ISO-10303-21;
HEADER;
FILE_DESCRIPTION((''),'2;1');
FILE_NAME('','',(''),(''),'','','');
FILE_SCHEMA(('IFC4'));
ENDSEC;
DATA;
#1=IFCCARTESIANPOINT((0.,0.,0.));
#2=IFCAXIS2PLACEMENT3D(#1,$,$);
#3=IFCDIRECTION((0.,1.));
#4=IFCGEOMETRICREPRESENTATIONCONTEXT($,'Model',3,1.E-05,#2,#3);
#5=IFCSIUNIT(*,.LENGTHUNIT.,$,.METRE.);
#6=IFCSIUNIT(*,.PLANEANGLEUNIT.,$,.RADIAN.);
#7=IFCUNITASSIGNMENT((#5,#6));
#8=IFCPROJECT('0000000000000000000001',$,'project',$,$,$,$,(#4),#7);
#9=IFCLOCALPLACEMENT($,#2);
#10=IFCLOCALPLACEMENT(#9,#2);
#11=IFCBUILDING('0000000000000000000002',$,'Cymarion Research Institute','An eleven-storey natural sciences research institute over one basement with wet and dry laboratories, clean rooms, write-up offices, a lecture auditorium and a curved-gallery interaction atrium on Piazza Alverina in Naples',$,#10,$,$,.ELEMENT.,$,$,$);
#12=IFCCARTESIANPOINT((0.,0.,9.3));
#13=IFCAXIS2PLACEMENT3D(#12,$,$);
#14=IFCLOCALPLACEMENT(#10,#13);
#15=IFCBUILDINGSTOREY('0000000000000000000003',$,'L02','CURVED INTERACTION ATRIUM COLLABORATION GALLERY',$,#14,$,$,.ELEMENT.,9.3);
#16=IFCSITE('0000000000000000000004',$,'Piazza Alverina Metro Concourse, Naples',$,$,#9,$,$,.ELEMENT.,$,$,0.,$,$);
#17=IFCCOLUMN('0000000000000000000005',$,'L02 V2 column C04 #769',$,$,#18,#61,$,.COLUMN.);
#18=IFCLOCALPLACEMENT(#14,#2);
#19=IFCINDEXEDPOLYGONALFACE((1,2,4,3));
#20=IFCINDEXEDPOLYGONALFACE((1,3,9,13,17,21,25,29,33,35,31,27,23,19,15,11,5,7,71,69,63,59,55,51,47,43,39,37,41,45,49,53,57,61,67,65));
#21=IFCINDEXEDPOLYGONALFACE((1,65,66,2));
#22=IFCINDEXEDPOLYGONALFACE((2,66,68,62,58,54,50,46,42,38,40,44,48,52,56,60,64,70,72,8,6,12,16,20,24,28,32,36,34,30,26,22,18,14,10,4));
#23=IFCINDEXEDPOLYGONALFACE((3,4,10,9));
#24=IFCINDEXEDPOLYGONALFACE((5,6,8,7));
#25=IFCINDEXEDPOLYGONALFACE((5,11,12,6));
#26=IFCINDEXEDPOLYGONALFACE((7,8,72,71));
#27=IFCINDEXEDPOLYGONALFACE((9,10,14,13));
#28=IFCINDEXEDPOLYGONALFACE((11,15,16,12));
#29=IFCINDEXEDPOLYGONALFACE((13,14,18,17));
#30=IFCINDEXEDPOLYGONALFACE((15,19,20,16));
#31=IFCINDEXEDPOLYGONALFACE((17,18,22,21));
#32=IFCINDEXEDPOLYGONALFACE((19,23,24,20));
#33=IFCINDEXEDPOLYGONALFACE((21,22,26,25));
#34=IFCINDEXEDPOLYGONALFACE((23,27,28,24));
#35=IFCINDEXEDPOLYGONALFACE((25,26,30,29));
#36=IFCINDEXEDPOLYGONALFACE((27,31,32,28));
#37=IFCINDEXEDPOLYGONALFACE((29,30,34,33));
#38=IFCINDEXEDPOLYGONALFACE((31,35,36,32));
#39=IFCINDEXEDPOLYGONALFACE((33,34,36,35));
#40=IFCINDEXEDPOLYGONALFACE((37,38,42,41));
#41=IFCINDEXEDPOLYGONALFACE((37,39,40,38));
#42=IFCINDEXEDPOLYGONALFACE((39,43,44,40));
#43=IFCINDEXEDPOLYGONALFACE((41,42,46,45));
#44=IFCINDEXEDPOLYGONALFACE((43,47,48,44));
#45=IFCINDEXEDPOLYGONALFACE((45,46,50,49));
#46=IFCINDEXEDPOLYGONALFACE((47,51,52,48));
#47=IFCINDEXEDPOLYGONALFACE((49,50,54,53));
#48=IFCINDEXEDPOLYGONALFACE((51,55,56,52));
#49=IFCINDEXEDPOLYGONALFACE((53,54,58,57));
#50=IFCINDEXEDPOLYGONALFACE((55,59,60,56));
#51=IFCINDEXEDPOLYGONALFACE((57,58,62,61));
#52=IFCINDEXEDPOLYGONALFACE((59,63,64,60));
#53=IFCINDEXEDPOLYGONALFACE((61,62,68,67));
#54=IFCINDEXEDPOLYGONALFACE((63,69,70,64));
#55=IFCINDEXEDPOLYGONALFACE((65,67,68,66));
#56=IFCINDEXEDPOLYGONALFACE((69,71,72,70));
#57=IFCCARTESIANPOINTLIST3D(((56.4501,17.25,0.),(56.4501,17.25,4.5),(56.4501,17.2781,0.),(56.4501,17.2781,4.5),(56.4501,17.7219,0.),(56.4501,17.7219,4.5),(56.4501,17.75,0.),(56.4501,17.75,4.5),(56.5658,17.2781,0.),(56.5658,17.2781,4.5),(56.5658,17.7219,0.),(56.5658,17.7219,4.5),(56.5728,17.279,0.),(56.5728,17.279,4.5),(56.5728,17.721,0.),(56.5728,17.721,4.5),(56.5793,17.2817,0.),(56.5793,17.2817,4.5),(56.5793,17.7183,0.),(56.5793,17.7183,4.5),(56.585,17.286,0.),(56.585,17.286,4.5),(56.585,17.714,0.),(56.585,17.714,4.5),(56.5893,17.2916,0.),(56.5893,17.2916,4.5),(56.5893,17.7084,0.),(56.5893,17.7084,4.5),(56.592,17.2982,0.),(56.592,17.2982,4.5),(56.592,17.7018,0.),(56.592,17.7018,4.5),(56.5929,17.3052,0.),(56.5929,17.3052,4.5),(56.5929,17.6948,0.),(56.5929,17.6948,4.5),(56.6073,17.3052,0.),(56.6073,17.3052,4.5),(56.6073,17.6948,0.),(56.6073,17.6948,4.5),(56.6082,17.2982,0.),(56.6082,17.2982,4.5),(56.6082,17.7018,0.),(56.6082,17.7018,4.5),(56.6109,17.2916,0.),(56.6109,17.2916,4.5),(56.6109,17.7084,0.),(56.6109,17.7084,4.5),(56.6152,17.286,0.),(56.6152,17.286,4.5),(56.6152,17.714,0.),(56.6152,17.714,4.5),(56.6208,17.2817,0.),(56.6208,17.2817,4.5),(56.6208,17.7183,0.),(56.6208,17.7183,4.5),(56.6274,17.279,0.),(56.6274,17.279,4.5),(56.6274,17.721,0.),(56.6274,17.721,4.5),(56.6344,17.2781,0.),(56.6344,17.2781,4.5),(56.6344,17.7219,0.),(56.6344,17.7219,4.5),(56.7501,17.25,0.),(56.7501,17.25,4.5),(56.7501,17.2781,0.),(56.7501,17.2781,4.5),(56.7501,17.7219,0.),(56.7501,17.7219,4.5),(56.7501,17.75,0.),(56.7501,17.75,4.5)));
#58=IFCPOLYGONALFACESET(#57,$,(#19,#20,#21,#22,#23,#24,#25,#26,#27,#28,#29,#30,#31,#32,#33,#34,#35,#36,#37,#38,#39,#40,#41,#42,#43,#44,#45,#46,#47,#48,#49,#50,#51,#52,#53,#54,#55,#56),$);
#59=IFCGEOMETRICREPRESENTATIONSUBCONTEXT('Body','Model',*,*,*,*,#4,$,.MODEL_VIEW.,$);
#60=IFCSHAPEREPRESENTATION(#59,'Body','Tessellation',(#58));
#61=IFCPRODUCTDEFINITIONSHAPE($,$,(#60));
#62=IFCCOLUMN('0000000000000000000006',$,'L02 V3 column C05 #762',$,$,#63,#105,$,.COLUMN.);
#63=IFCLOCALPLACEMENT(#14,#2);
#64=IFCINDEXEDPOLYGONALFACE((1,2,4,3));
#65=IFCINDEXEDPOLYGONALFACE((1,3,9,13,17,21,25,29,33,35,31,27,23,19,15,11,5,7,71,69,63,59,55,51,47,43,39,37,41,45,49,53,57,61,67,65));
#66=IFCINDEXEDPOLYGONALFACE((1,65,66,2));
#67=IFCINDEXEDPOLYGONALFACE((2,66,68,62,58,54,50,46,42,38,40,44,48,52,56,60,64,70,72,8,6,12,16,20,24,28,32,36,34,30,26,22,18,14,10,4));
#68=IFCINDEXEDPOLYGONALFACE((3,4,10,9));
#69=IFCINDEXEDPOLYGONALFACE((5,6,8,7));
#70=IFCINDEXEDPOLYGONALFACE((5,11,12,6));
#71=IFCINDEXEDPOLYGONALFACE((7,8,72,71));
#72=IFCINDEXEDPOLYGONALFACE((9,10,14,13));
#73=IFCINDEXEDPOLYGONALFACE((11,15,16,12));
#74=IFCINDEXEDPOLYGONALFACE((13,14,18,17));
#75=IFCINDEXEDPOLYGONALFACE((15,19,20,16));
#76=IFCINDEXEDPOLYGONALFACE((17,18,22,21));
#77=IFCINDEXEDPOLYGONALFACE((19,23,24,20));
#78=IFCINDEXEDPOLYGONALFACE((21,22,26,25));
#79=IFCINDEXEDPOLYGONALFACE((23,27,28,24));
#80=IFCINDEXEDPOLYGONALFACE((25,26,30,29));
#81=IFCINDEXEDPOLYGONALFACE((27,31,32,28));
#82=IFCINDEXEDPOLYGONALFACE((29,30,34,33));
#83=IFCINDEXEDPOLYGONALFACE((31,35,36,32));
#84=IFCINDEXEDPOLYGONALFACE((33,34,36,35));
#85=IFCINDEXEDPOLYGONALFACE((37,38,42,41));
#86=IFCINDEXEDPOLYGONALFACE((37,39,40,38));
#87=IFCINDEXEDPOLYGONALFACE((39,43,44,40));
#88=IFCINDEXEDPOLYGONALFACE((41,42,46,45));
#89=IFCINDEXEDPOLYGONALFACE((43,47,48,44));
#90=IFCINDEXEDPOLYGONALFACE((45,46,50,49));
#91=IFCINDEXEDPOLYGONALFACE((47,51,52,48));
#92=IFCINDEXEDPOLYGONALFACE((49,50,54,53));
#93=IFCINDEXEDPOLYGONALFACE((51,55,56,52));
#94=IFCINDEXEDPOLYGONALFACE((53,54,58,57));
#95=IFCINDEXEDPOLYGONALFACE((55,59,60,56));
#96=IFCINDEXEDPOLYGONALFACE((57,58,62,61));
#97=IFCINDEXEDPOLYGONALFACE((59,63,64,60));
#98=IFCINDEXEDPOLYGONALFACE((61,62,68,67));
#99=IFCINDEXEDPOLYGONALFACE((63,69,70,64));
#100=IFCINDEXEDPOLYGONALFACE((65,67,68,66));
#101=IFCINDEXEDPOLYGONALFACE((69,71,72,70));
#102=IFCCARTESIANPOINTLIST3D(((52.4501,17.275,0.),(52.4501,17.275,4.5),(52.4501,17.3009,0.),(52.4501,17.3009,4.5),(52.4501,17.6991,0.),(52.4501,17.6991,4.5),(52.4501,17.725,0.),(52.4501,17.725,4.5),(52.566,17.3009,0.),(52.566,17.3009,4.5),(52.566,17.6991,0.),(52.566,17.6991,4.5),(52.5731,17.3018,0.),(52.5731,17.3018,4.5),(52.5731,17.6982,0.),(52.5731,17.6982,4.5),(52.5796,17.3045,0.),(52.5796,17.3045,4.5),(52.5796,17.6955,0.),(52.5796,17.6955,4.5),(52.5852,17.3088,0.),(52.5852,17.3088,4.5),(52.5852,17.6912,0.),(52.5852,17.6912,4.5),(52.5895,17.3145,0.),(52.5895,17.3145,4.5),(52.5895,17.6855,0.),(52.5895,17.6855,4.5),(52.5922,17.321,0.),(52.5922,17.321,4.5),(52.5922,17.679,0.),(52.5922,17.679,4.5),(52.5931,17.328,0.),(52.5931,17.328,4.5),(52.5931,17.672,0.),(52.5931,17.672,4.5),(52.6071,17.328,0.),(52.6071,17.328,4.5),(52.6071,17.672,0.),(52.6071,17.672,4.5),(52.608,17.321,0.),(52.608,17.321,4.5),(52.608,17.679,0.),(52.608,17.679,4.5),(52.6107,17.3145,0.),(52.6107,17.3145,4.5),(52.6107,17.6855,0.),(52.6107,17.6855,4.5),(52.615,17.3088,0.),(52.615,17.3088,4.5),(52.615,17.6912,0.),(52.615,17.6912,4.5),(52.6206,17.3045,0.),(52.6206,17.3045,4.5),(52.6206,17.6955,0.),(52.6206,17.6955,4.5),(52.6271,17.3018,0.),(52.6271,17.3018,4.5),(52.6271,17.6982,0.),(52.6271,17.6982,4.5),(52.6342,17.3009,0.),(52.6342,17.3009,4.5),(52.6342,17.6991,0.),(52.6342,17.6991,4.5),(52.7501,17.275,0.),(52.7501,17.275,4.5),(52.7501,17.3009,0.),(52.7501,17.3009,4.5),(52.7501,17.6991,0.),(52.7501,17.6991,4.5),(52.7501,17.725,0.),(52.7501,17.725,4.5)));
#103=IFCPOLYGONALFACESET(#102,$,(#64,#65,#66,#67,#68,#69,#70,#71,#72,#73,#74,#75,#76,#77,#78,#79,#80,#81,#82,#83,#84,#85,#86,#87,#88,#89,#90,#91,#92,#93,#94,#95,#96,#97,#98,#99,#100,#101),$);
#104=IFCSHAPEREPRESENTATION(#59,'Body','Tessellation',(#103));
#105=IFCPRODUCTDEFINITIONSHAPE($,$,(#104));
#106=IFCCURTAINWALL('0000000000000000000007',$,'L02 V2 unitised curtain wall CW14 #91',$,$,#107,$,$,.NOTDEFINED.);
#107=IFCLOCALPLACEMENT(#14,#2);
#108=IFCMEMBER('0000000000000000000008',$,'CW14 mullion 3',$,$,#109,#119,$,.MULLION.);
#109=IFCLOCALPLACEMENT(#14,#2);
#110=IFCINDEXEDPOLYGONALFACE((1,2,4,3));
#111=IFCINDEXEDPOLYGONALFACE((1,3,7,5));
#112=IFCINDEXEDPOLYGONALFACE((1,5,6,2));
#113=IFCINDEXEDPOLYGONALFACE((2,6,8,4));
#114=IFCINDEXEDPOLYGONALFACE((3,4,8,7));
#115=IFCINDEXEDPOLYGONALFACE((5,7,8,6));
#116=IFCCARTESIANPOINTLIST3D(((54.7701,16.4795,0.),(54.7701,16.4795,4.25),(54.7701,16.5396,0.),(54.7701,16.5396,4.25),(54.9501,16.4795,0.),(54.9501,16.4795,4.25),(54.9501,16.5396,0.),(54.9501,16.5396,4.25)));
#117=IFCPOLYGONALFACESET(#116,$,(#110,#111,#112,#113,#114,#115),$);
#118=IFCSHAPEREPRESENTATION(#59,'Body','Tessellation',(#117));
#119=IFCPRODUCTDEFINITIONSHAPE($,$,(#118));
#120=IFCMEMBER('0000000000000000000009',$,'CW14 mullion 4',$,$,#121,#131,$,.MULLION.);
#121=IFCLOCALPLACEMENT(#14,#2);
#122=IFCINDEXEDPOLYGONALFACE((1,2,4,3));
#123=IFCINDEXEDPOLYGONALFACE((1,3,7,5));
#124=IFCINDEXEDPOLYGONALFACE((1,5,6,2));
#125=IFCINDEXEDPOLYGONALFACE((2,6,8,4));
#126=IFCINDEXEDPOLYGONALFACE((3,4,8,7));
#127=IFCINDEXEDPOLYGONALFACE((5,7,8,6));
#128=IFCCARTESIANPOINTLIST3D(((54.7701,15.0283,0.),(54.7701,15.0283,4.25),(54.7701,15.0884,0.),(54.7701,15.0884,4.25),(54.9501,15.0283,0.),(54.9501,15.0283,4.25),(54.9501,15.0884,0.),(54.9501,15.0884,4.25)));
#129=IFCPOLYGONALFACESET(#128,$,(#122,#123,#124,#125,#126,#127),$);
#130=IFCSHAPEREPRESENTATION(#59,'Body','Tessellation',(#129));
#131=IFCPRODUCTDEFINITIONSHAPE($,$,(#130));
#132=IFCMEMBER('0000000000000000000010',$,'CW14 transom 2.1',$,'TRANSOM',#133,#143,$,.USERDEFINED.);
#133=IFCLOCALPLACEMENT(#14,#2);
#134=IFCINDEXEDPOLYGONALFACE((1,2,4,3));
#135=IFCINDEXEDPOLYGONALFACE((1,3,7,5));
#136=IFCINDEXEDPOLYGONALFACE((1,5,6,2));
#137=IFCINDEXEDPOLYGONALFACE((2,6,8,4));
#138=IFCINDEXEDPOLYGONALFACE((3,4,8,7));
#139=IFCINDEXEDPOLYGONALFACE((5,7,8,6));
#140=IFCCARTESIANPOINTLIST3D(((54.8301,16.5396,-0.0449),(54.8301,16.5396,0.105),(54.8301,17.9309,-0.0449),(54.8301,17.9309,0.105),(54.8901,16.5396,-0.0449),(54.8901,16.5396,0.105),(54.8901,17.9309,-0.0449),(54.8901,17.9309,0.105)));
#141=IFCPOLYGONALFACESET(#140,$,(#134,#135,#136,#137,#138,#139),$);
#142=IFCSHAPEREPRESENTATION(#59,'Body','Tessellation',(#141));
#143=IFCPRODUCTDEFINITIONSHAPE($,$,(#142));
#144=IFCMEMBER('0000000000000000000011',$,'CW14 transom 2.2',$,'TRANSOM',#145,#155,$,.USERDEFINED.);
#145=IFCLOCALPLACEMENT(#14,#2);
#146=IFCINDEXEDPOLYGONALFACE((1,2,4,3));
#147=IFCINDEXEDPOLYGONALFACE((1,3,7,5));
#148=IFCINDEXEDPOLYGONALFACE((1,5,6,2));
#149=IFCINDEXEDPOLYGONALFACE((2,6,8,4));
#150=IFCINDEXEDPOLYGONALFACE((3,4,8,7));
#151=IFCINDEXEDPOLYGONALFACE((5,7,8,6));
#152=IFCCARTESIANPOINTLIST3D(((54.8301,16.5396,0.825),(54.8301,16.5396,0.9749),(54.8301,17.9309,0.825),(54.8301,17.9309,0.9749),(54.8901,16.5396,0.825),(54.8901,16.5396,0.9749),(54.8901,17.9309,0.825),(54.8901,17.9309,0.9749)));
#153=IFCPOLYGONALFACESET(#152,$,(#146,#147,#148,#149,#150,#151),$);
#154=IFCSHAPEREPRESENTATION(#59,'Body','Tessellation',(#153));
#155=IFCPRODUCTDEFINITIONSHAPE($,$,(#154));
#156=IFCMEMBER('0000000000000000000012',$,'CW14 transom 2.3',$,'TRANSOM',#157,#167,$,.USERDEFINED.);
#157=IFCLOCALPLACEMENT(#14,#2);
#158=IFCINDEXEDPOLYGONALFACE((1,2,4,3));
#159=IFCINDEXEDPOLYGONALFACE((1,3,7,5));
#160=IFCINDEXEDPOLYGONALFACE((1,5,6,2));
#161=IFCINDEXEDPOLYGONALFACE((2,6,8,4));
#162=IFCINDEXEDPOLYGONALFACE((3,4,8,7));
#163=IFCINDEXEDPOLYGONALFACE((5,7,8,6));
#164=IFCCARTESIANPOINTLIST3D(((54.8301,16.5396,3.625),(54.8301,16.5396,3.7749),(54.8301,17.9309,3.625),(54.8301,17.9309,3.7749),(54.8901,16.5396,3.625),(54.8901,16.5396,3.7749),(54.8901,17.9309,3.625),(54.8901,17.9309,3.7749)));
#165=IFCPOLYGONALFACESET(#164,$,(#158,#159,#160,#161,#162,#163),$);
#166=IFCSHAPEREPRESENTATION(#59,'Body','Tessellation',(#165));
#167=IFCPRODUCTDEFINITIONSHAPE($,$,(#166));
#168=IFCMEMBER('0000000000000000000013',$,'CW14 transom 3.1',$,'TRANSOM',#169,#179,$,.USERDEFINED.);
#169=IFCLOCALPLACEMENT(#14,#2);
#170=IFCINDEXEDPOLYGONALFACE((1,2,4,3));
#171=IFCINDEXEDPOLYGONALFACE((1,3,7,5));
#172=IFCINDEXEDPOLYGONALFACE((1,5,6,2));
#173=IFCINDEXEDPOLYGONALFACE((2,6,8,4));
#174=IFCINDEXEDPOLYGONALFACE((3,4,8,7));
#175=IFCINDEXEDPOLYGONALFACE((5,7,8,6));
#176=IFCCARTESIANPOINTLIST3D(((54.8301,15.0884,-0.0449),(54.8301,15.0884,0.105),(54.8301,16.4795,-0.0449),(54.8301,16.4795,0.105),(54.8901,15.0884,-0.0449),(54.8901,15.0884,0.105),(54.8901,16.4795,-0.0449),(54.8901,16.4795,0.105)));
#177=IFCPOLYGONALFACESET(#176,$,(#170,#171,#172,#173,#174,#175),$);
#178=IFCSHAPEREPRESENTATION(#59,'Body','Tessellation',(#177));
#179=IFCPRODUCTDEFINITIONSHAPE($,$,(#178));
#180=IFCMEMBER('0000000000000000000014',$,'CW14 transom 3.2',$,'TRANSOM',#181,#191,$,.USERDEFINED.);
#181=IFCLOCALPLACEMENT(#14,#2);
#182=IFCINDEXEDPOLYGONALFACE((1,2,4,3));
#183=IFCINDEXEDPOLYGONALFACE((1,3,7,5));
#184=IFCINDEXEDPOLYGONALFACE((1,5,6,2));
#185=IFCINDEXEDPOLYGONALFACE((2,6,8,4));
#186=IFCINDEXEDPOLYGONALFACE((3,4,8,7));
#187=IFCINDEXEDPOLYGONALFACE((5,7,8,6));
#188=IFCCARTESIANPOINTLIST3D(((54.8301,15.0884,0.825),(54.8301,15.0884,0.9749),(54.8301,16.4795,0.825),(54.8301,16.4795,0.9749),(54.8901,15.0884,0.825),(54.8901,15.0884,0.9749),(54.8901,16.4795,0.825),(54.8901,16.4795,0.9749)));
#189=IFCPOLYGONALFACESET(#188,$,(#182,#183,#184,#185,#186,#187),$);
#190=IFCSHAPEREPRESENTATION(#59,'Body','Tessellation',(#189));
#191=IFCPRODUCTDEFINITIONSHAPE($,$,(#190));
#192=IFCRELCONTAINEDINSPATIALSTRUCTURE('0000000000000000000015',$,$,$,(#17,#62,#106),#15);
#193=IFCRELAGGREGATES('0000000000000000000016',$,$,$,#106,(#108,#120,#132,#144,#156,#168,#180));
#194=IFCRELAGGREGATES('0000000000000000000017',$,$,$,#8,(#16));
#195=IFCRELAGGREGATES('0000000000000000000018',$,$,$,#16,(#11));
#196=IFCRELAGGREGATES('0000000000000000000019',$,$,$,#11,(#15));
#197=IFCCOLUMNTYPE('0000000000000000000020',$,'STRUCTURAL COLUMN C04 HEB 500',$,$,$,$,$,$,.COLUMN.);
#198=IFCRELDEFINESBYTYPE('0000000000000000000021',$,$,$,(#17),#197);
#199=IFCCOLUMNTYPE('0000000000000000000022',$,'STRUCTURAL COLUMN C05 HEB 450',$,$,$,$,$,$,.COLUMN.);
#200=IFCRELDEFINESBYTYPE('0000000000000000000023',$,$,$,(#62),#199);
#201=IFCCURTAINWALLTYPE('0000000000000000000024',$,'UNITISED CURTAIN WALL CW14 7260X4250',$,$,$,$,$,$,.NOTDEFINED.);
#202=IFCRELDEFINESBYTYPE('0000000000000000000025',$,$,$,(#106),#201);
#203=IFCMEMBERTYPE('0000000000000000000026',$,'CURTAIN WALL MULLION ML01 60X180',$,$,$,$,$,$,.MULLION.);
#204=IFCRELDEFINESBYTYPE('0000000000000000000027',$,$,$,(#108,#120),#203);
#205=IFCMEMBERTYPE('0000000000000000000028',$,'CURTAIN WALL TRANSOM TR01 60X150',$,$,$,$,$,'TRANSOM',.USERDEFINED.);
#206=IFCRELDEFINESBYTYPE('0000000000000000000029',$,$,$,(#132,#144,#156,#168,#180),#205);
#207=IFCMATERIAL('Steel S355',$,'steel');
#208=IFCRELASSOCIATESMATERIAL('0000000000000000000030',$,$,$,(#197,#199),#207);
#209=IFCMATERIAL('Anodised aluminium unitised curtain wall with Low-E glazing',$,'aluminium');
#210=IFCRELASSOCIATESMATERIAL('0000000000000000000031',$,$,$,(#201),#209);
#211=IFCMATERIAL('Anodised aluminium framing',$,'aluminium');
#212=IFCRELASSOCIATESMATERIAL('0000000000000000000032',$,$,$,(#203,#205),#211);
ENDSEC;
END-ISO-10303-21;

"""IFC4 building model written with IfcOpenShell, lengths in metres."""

from ifc_helpers import new_model, si_unit, direction, frame, origin, origin_2d, place, context, subcontext, project, spatial, rectangle, i_section, extrude, material, material_profile, profile_set, type_object, element, aggregate, save


model = new_model("IFC4")

# Units and contexts
model_context = context("Model", 3, precision=1e-05, world=origin(), true_north=direction((0.0, 1.0)))
body_context = subcontext(model_context, "Body", "Model", "MODEL_VIEW")
ifc_project = project(units=[si_unit("LENGTHUNIT", "METRE"), si_unit("PLANEANGLEUNIT", "RADIAN")], contexts=[model_context])

# Site, building, storey
site_placement = place(None, origin())
site = spatial("IfcSite", under=ifc_project, at=site_placement, Name="Piazza Alverina Metro Concourse, Naples", CompositionType="ELEMENT", RefElevation=0.0)
building_placement = place(site_placement, origin())
building = spatial("IfcBuilding", under=site, at=building_placement, Name="Cymarion Research Institute", Description="An eleven-storey natural sciences research institute over one basement with wet and dry laboratories, clean rooms, write-up offices, a lecture auditorium and a curved-gallery interaction atrium on Piazza Alverina in Naples", CompositionType="ELEMENT")
storey_placement = place(building_placement, frame((0.0, 0.0, 9.3)))
storey = spatial("IfcBuildingStorey", under=building, at=storey_placement, Name="L02", Description="CURVED INTERACTION ATRIUM COLLABORATION GALLERY", CompositionType="ELEMENT", Elevation=9.3)

# Columns
ifc_material_1 = material(Name="Steel S355", Category="steel")
ifc_material_profile_1 = material_profile(ifc_material_1, i_section(OverallWidth=0.3, OverallDepth=0.5, WebThickness=0.0144, FlangeThickness=0.0281, FilletRadius=0.0271, at=origin_2d()), Name="HEB 500")
ifc_profile_set_1 = profile_set([ifc_material_profile_1], Name="Steel S355")
column_type_1 = type_object("IfcColumnType", Name="STRUCTURAL COLUMN C04 HEB 500", PredefinedType="COLUMN", material=ifc_profile_set_1)
column_1_placement = place(storey_placement, frame((56.6001, 17.5, 0.0), z_axis=(0.0, 0.0, 1.0), x_axis=(1.0, 0.0, 0.0)))
element("IfcColumn", 1, at=column_1_placement, inside=storey, type_object=column_type_1, Name="L02 V2 column C04 #769", PredefinedType="COLUMN", context=body_context, shape_type="SweptSolid", body=[
    extrude(i_section(OverallWidth=0.3, OverallDepth=0.5, WebThickness=0.0144, FlangeThickness=0.0281, FilletRadius=0.0271, at=origin_2d()), origin(), (0.0, 0.0, 1.0), 4.5),
])
ifc_material_profile_2 = material_profile(ifc_material_1, i_section(OverallWidth=0.3, OverallDepth=0.45, WebThickness=0.0139, FlangeThickness=0.0259, FilletRadius=0.0271, at=origin_2d()), Name="HEB 450")
ifc_profile_set_2 = profile_set([ifc_material_profile_2], Name="Steel S355")
column_type_2 = type_object("IfcColumnType", Name="STRUCTURAL COLUMN C05 HEB 450", PredefinedType="COLUMN", material=ifc_profile_set_2)
column_2_placement = place(storey_placement, frame((52.6001, 17.5, 0.0), z_axis=(0.0, 0.0, 1.0), x_axis=(1.0, 0.0, 0.0)))
element("IfcColumn", 2, at=column_2_placement, inside=storey, type_object=column_type_2, Name="L02 V3 column C05 #762", PredefinedType="COLUMN", context=body_context, shape_type="SweptSolid", body=[
    extrude(i_section(OverallWidth=0.3, OverallDepth=0.45, WebThickness=0.0139, FlangeThickness=0.0259, FilletRadius=0.0271, at=origin_2d()), origin(), (0.0, 0.0, 1.0), 4.5),
])

# Curtain wall, members
ifc_material_2 = material(Name="Anodised aluminium unitised curtain wall with Low-E glazing", Category="aluminium")
curtain_wall_type = type_object("IfcCurtainWallType", Name="UNITISED CURTAIN WALL CW14 7260X4250", PredefinedType="NOTDEFINED", material=ifc_material_2)
curtain_wall_placement = place(storey_placement, origin())
curtain_wall = element("IfcCurtainWall", 3, at=curtain_wall_placement, inside=storey, type_object=curtain_wall_type, Name="L02 V2 unitised curtain wall CW14 #91", PredefinedType="NOTDEFINED")
ifc_material_3 = material(Name="Anodised aluminium framing", Category="aluminium")
ifc_material_profile_3 = material_profile(ifc_material_3, rectangle(XDim=0.0601, YDim=0.1799, at=origin_2d()), Name="ALU MULLION 60x180")
ifc_profile_set_3 = profile_set([ifc_material_profile_3], Name="Anodised aluminium framing")
member_type_1 = type_object("IfcMemberType", Name="CURTAIN WALL MULLION ML01 60X180", PredefinedType="MULLION", material=ifc_profile_set_3)
member_1_placement = place(storey_placement, frame((54.8601, 16.5095, 0.0), z_axis=(0.0, 0.0, 1.0), x_axis=(0.0, -1.0, 0.0)))
member_1 = element("IfcMember", 4, at=member_1_placement, type_object=member_type_1, Name="CW14 mullion 3", PredefinedType="MULLION", context=body_context, shape_type="SweptSolid", body=[
    extrude(rectangle(XDim=0.0601, YDim=0.1799, at=origin_2d()), origin(), (0.0, 0.0, 1.0), 4.25),
])
member_2_placement = place(storey_placement, frame((54.8601, 15.0583, 0.0), z_axis=(0.0, 0.0, 1.0), x_axis=(0.0, -1.0, 0.0)))
member_2 = element("IfcMember", 5, at=member_2_placement, type_object=member_type_1, Name="CW14 mullion 4", PredefinedType="MULLION", context=body_context, shape_type="SweptSolid", body=[
    extrude(rectangle(XDim=0.0601, YDim=0.1799, at=origin_2d()), origin(), (0.0, 0.0, 1.0), 4.25),
])
ifc_material_profile_4 = material_profile(ifc_material_3, rectangle(XDim=0.0601, YDim=0.1499, at=origin_2d()), Name="ALU TRANSOM 60x150")
ifc_profile_set_4 = profile_set([ifc_material_profile_4], Name="Anodised aluminium framing")
member_type_2 = type_object("IfcMemberType", Name="CURTAIN WALL TRANSOM TR01 60X150", ElementType="TRANSOM", PredefinedType="USERDEFINED", material=ifc_profile_set_4)
member_3_placement = place(storey_placement, frame((54.8601, 17.9309, 0.03), z_axis=(0.0, -1.0, 0.0), x_axis=(1.0, 0.0, 0.0)))
member_3 = element("IfcMember", 6, at=member_3_placement, type_object=member_type_2, Name="CW14 transom 2.1", ObjectType="TRANSOM", PredefinedType="USERDEFINED", context=body_context, shape_type="SweptSolid", body=[
    extrude(rectangle(XDim=0.0601, YDim=0.1499, at=origin_2d()), origin(), (0.0, 0.0, 1.0), 1.3914),
])
member_4_placement = place(storey_placement, frame((54.8601, 17.9309, 0.8999), z_axis=(0.0, -1.0, 0.0), x_axis=(1.0, 0.0, 0.0)))
member_4 = element("IfcMember", 7, at=member_4_placement, type_object=member_type_2, Name="CW14 transom 2.2", ObjectType="TRANSOM", PredefinedType="USERDEFINED", context=body_context, shape_type="SweptSolid", body=[
    extrude(rectangle(XDim=0.0601, YDim=0.1499, at=origin_2d()), origin(), (0.0, 0.0, 1.0), 1.3914),
])
member_5_placement = place(storey_placement, frame((54.8601, 17.9309, 3.7), z_axis=(0.0, -1.0, 0.0), x_axis=(1.0, 0.0, 0.0)))
member_5 = element("IfcMember", 8, at=member_5_placement, type_object=member_type_2, Name="CW14 transom 2.3", ObjectType="TRANSOM", PredefinedType="USERDEFINED", context=body_context, shape_type="SweptSolid", body=[
    extrude(rectangle(XDim=0.0601, YDim=0.1499, at=origin_2d()), origin(), (0.0, 0.0, 1.0), 1.3914),
])
member_6_placement = place(storey_placement, frame((54.8601, 16.4795, 0.03), z_axis=(0.0, -1.0, 0.0), x_axis=(1.0, 0.0, 0.0)))
member_6 = element("IfcMember", 9, at=member_6_placement, type_object=member_type_2, Name="CW14 transom 3.1", ObjectType="TRANSOM", PredefinedType="USERDEFINED", context=body_context, shape_type="SweptSolid", body=[
    extrude(rectangle(XDim=0.0601, YDim=0.1499, at=origin_2d()), origin(), (0.0, 0.0, 1.0), 1.3911),
])
member_7_placement = place(storey_placement, frame((54.8601, 16.4795, 0.8999), z_axis=(0.0, -1.0, 0.0), x_axis=(1.0, 0.0, 0.0)))
member_7 = element("IfcMember", 10, at=member_7_placement, type_object=member_type_2, Name="CW14 transom 3.2", ObjectType="TRANSOM", PredefinedType="USERDEFINED", context=body_context, shape_type="SweptSolid", body=[
    extrude(rectangle(XDim=0.0601, YDim=0.1499, at=origin_2d()), origin(), (0.0, 0.0, 1.0), 1.3911),
])

aggregate(curtain_wall, [member_1, member_2, member_3, member_4, member_5, member_6, member_7])

save(model, "model.ifc")
